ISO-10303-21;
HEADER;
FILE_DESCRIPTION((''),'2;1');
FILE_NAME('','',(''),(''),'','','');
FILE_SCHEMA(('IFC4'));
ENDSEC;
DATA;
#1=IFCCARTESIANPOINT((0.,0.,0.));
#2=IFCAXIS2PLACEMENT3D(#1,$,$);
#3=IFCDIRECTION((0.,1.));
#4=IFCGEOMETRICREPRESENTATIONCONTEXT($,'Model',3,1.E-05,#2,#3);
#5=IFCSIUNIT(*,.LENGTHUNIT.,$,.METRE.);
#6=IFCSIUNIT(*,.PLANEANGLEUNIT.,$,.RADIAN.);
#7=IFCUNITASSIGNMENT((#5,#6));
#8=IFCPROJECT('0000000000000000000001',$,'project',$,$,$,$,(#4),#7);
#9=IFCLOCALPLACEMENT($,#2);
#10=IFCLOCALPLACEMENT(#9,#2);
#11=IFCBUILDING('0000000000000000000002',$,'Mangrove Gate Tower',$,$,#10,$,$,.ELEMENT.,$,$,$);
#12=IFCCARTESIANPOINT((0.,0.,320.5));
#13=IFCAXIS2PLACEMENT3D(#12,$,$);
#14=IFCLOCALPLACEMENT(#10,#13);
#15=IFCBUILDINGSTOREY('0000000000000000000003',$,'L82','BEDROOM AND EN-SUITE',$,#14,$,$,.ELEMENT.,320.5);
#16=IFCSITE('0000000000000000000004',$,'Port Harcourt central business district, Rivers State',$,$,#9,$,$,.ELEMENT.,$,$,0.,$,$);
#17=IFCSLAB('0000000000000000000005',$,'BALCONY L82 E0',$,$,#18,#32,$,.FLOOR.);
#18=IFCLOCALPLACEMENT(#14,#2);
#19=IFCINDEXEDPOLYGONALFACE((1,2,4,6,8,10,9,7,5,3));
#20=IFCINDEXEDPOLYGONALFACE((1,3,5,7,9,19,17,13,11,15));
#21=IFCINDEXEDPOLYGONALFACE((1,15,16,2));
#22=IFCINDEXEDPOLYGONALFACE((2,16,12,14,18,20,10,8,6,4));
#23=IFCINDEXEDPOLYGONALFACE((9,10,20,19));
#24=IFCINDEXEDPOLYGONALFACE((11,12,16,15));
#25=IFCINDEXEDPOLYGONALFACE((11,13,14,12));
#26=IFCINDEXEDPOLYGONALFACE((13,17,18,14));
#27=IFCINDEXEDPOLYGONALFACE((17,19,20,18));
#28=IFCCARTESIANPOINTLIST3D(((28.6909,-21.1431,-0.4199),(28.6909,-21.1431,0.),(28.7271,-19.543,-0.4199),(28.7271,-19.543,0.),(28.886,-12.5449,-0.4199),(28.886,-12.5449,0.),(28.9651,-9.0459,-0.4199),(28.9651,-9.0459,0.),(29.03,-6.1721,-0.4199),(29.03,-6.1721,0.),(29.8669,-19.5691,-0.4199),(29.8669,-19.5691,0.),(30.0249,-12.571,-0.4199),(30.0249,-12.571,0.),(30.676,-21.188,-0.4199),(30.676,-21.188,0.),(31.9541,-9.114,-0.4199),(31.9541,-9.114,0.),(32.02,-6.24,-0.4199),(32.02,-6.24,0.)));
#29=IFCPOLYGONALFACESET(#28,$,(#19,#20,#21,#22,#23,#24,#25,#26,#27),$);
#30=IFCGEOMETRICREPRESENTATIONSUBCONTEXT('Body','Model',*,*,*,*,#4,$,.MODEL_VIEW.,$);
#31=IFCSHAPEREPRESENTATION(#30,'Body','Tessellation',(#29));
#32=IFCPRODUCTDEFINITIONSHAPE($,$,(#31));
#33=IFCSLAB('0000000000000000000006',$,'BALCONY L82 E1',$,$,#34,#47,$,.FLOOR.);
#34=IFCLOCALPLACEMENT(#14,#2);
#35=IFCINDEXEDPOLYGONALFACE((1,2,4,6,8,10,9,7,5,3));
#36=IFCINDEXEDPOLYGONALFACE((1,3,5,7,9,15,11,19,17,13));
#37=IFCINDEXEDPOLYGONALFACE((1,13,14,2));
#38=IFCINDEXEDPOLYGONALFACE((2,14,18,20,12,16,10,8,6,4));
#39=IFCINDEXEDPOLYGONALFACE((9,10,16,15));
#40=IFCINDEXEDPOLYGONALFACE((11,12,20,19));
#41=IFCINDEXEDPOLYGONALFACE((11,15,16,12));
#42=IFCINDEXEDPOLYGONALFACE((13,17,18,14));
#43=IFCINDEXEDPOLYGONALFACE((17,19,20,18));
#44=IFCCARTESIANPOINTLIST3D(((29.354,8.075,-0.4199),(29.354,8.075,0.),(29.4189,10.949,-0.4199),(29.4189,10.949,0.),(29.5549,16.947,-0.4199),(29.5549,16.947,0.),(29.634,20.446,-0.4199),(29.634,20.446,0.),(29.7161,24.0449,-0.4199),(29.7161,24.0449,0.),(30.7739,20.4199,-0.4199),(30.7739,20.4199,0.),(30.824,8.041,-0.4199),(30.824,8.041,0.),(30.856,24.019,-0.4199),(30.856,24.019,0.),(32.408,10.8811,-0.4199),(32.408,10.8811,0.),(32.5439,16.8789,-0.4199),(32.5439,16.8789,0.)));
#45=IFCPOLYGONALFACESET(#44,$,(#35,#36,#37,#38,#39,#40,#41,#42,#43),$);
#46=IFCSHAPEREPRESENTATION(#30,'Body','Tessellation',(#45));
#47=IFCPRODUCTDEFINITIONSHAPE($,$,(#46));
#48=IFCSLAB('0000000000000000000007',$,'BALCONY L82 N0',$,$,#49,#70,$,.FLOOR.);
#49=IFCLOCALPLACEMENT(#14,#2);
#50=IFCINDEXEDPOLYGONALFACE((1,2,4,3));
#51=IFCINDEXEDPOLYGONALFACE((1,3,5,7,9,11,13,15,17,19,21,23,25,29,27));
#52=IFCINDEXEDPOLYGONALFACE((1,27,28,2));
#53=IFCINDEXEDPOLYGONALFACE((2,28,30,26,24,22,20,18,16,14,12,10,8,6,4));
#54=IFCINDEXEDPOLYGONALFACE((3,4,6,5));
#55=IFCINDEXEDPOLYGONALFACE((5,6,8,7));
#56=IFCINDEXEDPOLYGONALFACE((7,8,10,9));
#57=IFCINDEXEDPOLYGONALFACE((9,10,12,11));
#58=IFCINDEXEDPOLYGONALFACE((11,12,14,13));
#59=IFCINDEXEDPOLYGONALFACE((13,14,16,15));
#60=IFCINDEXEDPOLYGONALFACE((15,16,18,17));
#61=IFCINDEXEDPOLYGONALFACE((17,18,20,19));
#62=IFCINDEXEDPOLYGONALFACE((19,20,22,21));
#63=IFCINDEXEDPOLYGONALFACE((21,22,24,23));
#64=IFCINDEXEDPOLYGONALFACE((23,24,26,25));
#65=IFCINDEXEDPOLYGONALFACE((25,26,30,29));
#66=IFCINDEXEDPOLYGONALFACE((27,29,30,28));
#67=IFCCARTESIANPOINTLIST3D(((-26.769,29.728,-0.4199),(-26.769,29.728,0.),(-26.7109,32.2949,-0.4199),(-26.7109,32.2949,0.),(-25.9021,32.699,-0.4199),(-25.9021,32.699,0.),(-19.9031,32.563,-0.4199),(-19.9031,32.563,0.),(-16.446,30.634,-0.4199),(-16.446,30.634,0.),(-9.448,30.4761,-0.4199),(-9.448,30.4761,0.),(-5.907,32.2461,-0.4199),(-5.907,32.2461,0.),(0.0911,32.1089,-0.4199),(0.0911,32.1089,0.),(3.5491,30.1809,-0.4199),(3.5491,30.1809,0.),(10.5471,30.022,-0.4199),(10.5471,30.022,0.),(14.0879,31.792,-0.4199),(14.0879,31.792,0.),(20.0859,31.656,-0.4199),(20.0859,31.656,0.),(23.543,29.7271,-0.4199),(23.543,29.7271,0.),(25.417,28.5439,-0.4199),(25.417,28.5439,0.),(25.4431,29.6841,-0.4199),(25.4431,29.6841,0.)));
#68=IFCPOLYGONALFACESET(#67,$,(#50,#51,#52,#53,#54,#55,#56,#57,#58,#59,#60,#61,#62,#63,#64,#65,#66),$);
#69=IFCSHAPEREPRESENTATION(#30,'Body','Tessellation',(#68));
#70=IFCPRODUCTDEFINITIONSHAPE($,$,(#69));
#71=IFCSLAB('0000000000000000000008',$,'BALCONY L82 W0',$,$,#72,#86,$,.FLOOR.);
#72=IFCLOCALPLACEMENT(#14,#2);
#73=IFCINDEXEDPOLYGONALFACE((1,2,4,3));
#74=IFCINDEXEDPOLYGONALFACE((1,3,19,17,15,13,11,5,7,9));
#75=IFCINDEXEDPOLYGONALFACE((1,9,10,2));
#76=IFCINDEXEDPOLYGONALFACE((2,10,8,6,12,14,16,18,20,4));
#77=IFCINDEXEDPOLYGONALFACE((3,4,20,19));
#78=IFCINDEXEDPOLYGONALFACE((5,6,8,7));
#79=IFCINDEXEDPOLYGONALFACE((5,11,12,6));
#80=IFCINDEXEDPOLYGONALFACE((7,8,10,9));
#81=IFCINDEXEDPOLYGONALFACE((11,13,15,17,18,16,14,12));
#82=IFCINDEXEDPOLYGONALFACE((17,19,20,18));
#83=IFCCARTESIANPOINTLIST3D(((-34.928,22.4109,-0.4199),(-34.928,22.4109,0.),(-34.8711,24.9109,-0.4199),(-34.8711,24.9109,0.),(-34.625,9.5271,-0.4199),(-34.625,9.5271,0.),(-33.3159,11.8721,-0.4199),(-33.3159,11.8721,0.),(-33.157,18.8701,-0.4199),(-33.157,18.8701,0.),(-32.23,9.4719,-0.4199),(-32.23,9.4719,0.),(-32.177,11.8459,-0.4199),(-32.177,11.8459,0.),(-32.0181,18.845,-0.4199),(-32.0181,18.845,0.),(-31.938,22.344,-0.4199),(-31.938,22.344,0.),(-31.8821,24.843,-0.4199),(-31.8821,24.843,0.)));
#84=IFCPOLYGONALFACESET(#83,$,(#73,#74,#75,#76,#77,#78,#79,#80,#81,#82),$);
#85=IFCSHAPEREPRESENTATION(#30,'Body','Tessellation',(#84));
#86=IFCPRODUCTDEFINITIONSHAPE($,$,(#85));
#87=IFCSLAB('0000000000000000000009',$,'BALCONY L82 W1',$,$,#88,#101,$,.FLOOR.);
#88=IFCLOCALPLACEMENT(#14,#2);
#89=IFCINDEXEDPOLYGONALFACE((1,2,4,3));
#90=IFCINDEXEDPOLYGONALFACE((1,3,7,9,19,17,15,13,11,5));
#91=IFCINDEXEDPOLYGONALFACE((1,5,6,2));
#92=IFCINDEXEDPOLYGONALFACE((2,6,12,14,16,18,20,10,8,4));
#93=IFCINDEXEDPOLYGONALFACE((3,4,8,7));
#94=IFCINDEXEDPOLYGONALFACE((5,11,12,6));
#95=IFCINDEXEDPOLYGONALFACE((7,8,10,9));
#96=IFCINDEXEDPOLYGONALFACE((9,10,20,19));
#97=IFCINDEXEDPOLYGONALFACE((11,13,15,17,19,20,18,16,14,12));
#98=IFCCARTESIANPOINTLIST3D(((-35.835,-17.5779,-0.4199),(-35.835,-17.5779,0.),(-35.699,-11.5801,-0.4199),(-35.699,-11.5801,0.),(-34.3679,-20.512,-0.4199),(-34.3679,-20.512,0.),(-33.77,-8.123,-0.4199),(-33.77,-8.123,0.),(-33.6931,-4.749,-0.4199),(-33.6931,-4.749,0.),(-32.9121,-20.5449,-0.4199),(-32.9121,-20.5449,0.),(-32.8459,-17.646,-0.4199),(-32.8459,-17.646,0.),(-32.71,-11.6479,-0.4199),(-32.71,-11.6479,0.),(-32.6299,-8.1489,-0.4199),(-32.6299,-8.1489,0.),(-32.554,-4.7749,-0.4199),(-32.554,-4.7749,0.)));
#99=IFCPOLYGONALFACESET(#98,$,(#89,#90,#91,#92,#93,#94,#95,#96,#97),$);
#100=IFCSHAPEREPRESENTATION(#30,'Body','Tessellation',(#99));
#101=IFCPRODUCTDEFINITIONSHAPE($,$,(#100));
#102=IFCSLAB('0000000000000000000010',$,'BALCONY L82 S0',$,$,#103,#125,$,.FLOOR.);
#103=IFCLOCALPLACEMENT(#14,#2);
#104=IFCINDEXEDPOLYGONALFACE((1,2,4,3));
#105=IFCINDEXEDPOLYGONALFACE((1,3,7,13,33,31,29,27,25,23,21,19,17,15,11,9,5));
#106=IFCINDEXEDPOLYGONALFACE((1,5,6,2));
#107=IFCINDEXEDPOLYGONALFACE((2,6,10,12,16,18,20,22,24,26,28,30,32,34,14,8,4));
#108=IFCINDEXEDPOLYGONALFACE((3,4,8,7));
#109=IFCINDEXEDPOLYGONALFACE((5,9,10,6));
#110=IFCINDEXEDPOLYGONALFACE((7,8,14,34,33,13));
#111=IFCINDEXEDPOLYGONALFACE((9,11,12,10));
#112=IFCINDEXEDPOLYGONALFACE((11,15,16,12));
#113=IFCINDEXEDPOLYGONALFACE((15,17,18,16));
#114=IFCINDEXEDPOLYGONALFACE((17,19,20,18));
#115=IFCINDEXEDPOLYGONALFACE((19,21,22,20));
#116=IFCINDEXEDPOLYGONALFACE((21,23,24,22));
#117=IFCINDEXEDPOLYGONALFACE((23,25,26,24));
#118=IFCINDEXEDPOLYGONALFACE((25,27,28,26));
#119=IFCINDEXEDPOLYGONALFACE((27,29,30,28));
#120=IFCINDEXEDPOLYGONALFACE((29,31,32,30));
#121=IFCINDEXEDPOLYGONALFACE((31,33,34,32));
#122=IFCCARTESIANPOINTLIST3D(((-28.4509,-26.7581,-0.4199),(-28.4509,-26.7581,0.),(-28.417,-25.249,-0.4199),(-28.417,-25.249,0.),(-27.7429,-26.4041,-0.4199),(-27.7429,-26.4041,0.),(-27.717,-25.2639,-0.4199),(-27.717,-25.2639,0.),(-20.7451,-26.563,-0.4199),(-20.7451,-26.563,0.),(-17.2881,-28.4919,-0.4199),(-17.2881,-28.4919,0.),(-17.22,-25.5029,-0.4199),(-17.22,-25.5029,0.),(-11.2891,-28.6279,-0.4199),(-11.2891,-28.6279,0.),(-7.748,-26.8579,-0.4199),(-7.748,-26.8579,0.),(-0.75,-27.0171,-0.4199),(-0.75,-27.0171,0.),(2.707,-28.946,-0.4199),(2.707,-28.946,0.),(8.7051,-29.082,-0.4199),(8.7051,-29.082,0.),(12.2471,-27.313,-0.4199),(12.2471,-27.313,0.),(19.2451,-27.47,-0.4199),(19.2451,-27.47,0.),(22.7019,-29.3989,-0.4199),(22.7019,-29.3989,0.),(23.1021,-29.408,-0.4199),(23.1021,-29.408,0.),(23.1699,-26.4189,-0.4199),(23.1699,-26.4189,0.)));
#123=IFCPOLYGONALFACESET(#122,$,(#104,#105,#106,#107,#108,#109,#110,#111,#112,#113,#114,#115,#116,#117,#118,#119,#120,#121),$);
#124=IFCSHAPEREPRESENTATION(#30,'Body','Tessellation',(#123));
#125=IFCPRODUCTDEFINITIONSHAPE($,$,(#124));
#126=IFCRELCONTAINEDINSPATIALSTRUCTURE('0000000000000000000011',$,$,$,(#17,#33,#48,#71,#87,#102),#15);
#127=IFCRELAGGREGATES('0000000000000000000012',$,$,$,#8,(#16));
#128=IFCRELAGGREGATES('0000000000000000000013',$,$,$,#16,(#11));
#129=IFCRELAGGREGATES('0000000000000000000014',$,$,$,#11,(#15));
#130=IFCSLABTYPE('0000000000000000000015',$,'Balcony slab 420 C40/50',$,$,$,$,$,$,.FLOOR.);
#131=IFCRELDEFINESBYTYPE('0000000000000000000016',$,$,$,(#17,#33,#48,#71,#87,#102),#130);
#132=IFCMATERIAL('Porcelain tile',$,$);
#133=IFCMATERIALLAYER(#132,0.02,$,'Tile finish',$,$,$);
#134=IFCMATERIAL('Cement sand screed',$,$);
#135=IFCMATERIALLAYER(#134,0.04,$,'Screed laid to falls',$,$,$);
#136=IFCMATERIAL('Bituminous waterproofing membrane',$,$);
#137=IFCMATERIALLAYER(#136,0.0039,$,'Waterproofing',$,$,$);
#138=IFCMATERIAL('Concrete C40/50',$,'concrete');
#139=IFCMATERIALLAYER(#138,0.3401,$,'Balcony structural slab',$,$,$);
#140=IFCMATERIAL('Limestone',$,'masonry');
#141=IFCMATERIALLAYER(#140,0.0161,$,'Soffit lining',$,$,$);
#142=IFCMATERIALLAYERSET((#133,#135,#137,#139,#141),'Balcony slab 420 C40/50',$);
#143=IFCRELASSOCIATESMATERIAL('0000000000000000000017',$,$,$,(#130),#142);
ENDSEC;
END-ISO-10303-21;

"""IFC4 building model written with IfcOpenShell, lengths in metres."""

from ifc_helpers import new_model, si_unit, direction, frame, origin, place, context, subcontext, project, spatial, polyline, outline, extrude, material, layer, layer_set, type_object, element, save


model = new_model("IFC4")

# Units and contexts
model_context = context("Model", 3, precision=1e-05, world=origin(), true_north=direction((0.0, 1.0)))
body_context = subcontext(model_context, "Body", "Model", "MODEL_VIEW")
ifc_project = project(units=[si_unit("LENGTHUNIT", "METRE"), si_unit("PLANEANGLEUNIT", "RADIAN")], contexts=[model_context])

# Site, building, storey
site_placement = place(None, origin())
site = spatial("IfcSite", under=ifc_project, at=site_placement, Name="Port Harcourt central business district, Rivers State", CompositionType="ELEMENT", RefElevation=0.0)
building_placement = place(site_placement, origin())
building = spatial("IfcBuilding", under=site, at=building_placement, Name="Mangrove Gate Tower", CompositionType="ELEMENT")
storey_placement = place(building_placement, frame((0.0, 0.0, 320.5)))
storey = spatial("IfcBuildingStorey", under=building, at=storey_placement, Name="L82", Description="BEDROOM AND EN-SUITE", CompositionType="ELEMENT", Elevation=320.5)

# Slabs
ifc_material_1 = material(Name="Porcelain tile")
ifc_layer_1 = layer(ifc_material_1, 0.02, Name="Tile finish")
ifc_material_2 = material(Name="Cement sand screed")
ifc_layer_2 = layer(ifc_material_2, 0.04, Name="Screed laid to falls")
ifc_material_3 = material(Name="Bituminous waterproofing membrane")
ifc_layer_3 = layer(ifc_material_3, 0.0039, Name="Waterproofing")
ifc_material_4 = material(Name="Concrete C40/50", Category="concrete")
ifc_layer_4 = layer(ifc_material_4, 0.3401, Name="Balcony structural slab")
ifc_material_5 = material(Name="Limestone", Category="masonry")
ifc_layer_5 = layer(ifc_material_5, 0.0161, Name="Soffit lining")
ifc_layer_set_1 = layer_set([ifc_layer_1, ifc_layer_2, ifc_layer_3, ifc_layer_4, ifc_layer_5], Name="Balcony slab 420 C40/50")
slab_type_1 = type_object("IfcSlabType", Name="Balcony slab 420 C40/50", PredefinedType="FLOOR", material=ifc_layer_set_1)
slab_1_placement = place(storey_placement, frame((0.0, 0.0, -0.4199)))
element("IfcSlab", 1, at=slab_1_placement, inside=storey, type_object=slab_type_1, Name="BALCONY L82 E0", PredefinedType="FLOOR", context=body_context, shape_type="SweptSolid", body=[
    extrude(outline(polyline([(30.676, -21.188), (29.8669, -19.5691), (30.0249, -12.571), (31.9541, -9.114), (32.02, -6.24), (29.03, -6.1721), (28.9651, -9.0459), (28.886, -12.5449), (28.7271, -19.543), (28.6909, -21.1431), (30.676, -21.188)])), origin(), (0.0, 0.0, 1.0), 0.4199),
])
slab_2_placement = place(storey_placement, frame((0.0, 0.0, -0.4199)))
element("IfcSlab", 2, at=slab_2_placement, inside=storey, type_object=slab_type_1, Name="BALCONY L82 E1", PredefinedType="FLOOR", context=body_context, shape_type="SweptSolid", body=[
    extrude(outline(polyline([(30.824, 8.041), (32.408, 10.8811), (32.5439, 16.8789), (30.7739, 20.4199), (30.856, 24.019), (29.7161, 24.0449), (29.634, 20.446), (29.5549, 16.947), (29.4189, 10.949), (29.354, 8.075), (30.824, 8.041)])), origin(), (0.0, 0.0, 1.0), 0.4199),
])
slab_3_placement = place(storey_placement, frame((0.0, 0.0, -0.4199)))
element("IfcSlab", 3, at=slab_3_placement, inside=storey, type_object=slab_type_1, Name="BALCONY L82 N0", PredefinedType="FLOOR", context=body_context, shape_type="SweptSolid", body=[
    extrude(outline(polyline([(25.4431, 29.6841), (23.543, 29.7271), (20.0859, 31.656), (14.0879, 31.792), (10.5471, 30.022), (3.5491, 30.1809), (0.0911, 32.1089), (-5.907, 32.2461), (-9.448, 30.4761), (-16.446, 30.634), (-19.9031, 32.563), (-25.9021, 32.699), (-26.7109, 32.2949), (-26.769, 29.728), (25.417, 28.5439), (25.4431, 29.6841)])), origin(), (0.0, 0.0, 1.0), 0.4199),
])
slab_4_placement = place(storey_placement, frame((0.0, 0.0, -0.4199)))
element("IfcSlab", 4, at=slab_4_placement, inside=storey, type_object=slab_type_1, Name="BALCONY L82 W0", PredefinedType="FLOOR", context=body_context, shape_type="SweptSolid", body=[
    extrude(outline(polyline([(-34.8711, 24.9109), (-34.928, 22.4109), (-33.157, 18.8701), (-33.3159, 11.8721), (-34.625, 9.5271), (-32.23, 9.4719), (-32.177, 11.8459), (-32.0181, 18.845), (-31.938, 22.344), (-31.8821, 24.843), (-34.8711, 24.9109)])), origin(), (0.0, 0.0, 1.0), 0.4199),
])
slab_5_placement = place(storey_placement, frame((0.0, 0.0, -0.4199)))
element("IfcSlab", 5, at=slab_5_placement, inside=storey, type_object=slab_type_1, Name="BALCONY L82 W1", PredefinedType="FLOOR", context=body_context, shape_type="SweptSolid", body=[
    extrude(outline(polyline([(-33.6931, -4.749), (-33.77, -8.123), (-35.699, -11.5801), (-35.835, -17.5779), (-34.3679, -20.512), (-32.9121, -20.5449), (-32.8459, -17.646), (-32.71, -11.6479), (-32.6299, -8.1489), (-32.554, -4.7749), (-33.6931, -4.749)])), origin(), (0.0, 0.0, 1.0), 0.4199),
])
slab_6_placement = place(storey_placement, frame((0.0, 0.0, -0.4199)))
element("IfcSlab", 6, at=slab_6_placement, inside=storey, type_object=slab_type_1, Name="BALCONY L82 S0", PredefinedType="FLOOR", context=body_context, shape_type="SweptSolid", body=[
    extrude(outline(polyline([(-28.417, -25.249), (-28.4509, -26.7581), (-27.7429, -26.4041), (-20.7451, -26.563), (-17.2881, -28.4919), (-11.2891, -28.6279), (-7.748, -26.8579), (-0.75, -27.0171), (2.707, -28.946), (8.7051, -29.082), (12.2471, -27.313), (19.2451, -27.47), (22.7019, -29.3989), (23.1021, -29.408), (23.1699, -26.4189), (-17.22, -25.5029), (-27.717, -25.2639), (-28.417, -25.249)])), origin(), (0.0, 0.0, 1.0), 0.4199),
])

save(model, "model.ifc")
